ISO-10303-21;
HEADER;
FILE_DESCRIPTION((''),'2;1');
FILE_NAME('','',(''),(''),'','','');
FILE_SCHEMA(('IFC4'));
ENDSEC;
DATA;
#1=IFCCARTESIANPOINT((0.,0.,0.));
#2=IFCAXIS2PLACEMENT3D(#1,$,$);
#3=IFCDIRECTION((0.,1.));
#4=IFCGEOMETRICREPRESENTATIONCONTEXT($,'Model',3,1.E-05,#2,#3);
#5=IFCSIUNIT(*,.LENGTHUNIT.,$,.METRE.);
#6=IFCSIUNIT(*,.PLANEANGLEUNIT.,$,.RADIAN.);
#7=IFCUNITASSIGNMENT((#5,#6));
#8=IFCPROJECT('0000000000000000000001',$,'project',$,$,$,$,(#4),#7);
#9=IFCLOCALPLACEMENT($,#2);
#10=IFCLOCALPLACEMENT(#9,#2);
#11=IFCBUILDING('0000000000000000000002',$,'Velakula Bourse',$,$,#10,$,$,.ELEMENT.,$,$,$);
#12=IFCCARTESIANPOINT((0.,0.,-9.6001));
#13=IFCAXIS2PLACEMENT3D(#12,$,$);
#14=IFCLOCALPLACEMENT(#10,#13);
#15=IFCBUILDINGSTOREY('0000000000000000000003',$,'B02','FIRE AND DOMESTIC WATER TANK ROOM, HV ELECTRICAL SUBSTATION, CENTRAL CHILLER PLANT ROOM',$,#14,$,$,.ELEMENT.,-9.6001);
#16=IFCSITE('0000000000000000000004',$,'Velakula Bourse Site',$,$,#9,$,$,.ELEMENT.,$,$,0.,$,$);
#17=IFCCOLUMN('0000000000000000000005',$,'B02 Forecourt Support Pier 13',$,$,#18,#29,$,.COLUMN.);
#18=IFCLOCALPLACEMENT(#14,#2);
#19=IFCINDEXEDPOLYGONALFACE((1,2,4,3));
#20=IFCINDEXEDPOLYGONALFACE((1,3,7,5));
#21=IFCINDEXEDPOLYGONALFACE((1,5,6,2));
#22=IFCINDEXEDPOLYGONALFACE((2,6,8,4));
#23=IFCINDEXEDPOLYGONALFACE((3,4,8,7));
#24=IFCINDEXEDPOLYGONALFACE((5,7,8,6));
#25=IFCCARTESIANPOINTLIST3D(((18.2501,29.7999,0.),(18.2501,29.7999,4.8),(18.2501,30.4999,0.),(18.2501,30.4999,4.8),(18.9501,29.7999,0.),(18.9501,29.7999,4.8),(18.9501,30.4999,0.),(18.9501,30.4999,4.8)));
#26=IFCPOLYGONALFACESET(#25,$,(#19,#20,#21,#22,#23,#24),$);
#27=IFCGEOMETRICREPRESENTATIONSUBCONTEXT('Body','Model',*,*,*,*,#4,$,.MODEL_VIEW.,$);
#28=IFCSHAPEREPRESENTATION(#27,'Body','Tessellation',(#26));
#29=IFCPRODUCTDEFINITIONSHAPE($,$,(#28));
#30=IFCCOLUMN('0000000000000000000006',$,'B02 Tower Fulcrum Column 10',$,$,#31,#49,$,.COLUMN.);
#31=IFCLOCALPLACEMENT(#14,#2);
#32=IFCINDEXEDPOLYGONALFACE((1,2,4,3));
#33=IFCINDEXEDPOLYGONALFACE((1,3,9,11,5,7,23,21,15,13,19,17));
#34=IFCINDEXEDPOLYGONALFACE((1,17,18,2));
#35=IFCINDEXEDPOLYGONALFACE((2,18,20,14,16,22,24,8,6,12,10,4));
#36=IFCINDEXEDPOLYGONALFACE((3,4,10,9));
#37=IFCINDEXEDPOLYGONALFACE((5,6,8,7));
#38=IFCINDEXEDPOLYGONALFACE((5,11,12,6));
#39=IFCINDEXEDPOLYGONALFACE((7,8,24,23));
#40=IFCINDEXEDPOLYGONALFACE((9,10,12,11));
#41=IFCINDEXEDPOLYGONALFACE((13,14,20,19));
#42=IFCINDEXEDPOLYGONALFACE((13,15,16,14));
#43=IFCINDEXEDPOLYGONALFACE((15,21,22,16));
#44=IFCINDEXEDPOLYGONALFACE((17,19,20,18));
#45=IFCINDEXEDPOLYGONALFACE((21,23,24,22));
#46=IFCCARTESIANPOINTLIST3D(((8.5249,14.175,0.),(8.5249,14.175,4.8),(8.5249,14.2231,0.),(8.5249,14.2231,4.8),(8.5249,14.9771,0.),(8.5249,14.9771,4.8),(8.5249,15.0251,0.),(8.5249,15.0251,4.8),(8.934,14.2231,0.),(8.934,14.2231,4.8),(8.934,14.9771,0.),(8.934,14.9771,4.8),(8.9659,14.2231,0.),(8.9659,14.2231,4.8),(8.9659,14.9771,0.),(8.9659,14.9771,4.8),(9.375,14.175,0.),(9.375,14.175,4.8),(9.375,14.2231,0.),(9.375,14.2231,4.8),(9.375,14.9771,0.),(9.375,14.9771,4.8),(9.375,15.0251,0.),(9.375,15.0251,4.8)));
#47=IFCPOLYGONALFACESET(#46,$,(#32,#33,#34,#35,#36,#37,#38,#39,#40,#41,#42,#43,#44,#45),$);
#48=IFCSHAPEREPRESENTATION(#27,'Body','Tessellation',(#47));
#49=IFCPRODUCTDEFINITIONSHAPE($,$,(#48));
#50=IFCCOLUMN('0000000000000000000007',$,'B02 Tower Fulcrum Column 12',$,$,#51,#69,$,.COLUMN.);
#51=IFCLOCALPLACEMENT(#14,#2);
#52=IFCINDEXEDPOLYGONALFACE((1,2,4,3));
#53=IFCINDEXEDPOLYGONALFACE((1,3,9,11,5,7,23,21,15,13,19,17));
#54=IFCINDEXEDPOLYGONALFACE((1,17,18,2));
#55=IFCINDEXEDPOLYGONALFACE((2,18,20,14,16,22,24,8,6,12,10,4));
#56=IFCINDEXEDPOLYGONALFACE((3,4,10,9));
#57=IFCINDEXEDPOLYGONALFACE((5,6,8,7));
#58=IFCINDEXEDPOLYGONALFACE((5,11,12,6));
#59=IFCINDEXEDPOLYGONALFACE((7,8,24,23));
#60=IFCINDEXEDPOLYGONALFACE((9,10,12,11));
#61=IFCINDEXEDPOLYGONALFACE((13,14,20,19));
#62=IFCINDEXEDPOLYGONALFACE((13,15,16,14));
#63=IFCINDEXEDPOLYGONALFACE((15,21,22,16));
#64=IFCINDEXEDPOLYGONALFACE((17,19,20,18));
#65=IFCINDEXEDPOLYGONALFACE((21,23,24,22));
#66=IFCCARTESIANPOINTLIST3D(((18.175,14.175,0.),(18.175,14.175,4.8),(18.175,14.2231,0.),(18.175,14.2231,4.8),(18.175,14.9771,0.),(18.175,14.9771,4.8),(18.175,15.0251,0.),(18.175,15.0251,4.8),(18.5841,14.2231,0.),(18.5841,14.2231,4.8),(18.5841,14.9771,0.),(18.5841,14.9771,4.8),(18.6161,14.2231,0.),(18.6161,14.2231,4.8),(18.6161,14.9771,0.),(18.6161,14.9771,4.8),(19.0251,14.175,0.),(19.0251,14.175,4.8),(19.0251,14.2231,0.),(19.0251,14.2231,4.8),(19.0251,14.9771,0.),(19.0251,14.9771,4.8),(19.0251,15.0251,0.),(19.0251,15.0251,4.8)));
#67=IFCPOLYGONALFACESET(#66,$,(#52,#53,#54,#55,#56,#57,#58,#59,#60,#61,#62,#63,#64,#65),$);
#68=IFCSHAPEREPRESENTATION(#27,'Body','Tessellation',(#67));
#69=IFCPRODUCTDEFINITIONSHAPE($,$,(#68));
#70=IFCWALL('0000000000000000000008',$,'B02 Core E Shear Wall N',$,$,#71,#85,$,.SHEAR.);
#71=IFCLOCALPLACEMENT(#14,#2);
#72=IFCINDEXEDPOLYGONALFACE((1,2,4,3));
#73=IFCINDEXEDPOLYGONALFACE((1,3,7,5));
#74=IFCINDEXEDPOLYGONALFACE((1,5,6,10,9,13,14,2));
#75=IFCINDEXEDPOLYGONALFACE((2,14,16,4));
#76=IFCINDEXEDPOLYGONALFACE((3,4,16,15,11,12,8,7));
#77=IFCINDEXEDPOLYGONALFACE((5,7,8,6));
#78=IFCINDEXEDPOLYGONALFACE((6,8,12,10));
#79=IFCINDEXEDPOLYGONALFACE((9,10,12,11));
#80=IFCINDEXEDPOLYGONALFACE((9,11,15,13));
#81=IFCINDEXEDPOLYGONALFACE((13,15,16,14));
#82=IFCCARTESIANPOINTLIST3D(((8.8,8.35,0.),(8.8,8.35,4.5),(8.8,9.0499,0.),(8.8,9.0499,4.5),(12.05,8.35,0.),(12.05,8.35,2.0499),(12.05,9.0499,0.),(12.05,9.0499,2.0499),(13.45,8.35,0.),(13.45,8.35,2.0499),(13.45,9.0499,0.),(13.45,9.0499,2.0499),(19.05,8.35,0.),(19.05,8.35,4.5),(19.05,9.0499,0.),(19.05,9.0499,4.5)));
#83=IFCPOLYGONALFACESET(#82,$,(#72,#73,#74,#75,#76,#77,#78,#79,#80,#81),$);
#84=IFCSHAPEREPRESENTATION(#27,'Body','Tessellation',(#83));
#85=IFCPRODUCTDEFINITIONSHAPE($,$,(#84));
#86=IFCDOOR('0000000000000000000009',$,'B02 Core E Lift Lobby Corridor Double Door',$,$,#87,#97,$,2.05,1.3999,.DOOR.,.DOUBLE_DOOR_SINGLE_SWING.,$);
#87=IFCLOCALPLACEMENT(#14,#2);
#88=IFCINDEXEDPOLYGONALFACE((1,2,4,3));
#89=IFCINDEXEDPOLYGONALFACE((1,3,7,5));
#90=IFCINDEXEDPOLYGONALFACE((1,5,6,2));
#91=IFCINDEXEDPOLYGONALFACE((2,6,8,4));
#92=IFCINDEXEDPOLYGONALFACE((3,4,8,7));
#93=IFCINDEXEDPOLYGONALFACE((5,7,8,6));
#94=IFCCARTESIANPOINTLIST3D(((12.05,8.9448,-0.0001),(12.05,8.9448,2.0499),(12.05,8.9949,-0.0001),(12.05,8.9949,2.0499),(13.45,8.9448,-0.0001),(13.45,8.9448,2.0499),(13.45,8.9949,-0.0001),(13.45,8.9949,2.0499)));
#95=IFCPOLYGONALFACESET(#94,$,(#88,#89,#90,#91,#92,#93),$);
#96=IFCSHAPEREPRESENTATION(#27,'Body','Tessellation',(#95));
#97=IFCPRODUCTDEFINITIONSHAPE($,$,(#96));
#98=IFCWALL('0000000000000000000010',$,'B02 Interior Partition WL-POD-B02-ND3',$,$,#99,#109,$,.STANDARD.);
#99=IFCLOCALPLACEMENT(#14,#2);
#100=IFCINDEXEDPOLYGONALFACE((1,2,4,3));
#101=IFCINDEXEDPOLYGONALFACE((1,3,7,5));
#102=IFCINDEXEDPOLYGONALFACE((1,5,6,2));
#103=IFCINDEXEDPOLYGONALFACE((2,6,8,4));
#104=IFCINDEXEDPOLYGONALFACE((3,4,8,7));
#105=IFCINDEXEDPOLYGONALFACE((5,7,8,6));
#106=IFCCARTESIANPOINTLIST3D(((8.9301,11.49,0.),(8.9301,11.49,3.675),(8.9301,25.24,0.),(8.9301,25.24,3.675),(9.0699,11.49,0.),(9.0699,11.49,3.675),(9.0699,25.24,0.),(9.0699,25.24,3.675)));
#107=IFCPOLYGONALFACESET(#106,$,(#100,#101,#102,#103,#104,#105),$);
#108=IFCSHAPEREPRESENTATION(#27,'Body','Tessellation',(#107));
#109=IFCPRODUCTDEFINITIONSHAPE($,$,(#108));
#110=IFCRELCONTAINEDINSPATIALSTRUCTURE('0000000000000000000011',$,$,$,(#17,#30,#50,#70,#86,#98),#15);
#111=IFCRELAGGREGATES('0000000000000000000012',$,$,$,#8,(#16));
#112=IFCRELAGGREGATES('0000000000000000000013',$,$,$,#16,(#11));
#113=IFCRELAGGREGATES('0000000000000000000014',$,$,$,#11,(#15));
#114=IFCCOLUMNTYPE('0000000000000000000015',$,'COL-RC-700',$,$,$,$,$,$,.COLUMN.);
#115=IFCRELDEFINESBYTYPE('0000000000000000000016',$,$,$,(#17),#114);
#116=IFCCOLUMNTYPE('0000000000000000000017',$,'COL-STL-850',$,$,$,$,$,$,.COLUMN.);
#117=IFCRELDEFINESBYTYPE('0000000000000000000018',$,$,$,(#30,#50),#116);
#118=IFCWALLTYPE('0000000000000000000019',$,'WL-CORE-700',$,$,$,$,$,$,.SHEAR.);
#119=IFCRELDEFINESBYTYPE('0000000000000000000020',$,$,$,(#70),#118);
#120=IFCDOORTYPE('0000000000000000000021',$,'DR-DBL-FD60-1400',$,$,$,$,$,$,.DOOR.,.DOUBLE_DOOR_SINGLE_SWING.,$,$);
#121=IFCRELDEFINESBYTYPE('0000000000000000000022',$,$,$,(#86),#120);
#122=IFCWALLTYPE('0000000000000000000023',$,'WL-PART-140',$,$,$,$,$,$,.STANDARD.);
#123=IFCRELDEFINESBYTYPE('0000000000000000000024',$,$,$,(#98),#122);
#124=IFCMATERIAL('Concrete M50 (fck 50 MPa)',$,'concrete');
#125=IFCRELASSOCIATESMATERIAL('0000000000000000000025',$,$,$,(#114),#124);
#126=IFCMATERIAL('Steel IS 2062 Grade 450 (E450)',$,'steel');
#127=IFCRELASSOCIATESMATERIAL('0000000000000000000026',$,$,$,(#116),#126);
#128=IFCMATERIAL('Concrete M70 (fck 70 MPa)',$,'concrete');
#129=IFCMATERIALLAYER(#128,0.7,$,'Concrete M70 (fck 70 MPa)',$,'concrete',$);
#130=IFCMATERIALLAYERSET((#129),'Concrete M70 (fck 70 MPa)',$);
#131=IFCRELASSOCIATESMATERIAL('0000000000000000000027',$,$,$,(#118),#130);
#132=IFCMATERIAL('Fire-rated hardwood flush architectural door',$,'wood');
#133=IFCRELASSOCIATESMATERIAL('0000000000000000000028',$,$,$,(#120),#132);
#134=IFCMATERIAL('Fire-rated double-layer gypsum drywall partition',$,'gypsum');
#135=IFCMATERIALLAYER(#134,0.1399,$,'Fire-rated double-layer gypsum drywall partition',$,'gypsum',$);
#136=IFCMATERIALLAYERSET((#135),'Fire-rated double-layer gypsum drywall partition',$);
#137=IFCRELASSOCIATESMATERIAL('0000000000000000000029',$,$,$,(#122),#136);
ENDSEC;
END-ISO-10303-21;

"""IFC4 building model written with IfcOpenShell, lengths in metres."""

from ifc_helpers import new_model, si_unit, direction, frame, frame_2d, origin, origin_2d, place, context, subcontext, project, spatial, rectangle, i_section, extrude, material, layer, layer_set, material_profile, profile_set, type_object, element, fill, save


model = new_model("IFC4")

# Units and contexts
model_context = context("Model", 3, precision=1e-05, world=origin(), true_north=direction((0.0, 1.0)))
body_context = subcontext(model_context, "Body", "Model", "MODEL_VIEW")
ifc_project = project(units=[si_unit("LENGTHUNIT", "METRE"), si_unit("PLANEANGLEUNIT", "RADIAN")], contexts=[model_context])

# Site, building, storey
site_placement = place(None, origin())
site = spatial("IfcSite", under=ifc_project, at=site_placement, Name="Velakula Bourse Site", CompositionType="ELEMENT", RefElevation=0.0)
building_placement = place(site_placement, origin())
building = spatial("IfcBuilding", under=site, at=building_placement, Name="Velakula Bourse", CompositionType="ELEMENT")
storey_placement = place(building_placement, frame((0.0, 0.0, -9.6001)))
storey = spatial("IfcBuildingStorey", under=building, at=storey_placement, Name="B02", Description="FIRE AND DOMESTIC WATER TANK ROOM, HV ELECTRICAL SUBSTATION, CENTRAL CHILLER PLANT ROOM", CompositionType="ELEMENT", Elevation=-9.6001)

# Shared definitions
ifc_material_1 = material(Name="Concrete M70 (fck 70 MPa)", Category="concrete")
ifc_material_2 = material(Name="Concrete M50 (fck 50 MPa)", Category="concrete")

# Columns
ifc_material_profile_1 = material_profile(ifc_material_2, rectangle(XDim=0.7, YDim=0.7, at=origin_2d()), Name="Concrete M50 (fck 50 MPa)")
ifc_profile_set_1 = profile_set([ifc_material_profile_1], Name="Concrete M50 (fck 50 MPa)")
column_type_1 = type_object("IfcColumnType", Name="COL-RC-700", PredefinedType="COLUMN", material=ifc_profile_set_1)
for number, where, z_axis, x_axis, name in (
    (1, (18.6001, 30.1499, 0.0), (0.0, 0.0, 1.0), (1.0, 0.0, 0.0), "B02 Forecourt Support Pier 13"),
):
    element("IfcColumn", number, at=place(storey_placement, frame(where, z_axis=z_axis, x_axis=x_axis)), inside=storey, type_object=column_type_1, Name=name, PredefinedType="COLUMN", context=body_context, shape_type="SweptSolid", body=[
        extrude(rectangle(XDim=0.7, YDim=0.7, at=origin_2d()), origin(), (0.0, 0.0, 1.0), 4.8),
    ])
ifc_material_3 = material(Name="Steel IS 2062 Grade 450 (E450)", Category="steel")
ifc_material_profile_2 = material_profile(ifc_material_3, i_section(OverallWidth=0.8501, OverallDepth=0.8501, WebThickness=0.032, FlangeThickness=0.0481, at=origin_2d()), Name="Steel IS 2062 Grade 450 (E450)")
ifc_profile_set_2 = profile_set([ifc_material_profile_2], Name="Steel IS 2062 Grade 450 (E450)")
column_type_2 = type_object("IfcColumnType", Name="COL-STL-850", PredefinedType="COLUMN", material=ifc_profile_set_2)
for number, where, z_axis, x_axis, name in (
    (2, (8.95, 14.6001, 0.0), (0.0, 0.0, 1.0), (1.0, 0.0, 0.0), "B02 Tower Fulcrum Column 10"),
    (3, (18.6001, 14.6001, 0.0), (0.0, 0.0, 1.0), (1.0, 0.0, 0.0), "B02 Tower Fulcrum Column 12"),
):
    element("IfcColumn", number, at=place(storey_placement, frame(where, z_axis=z_axis, x_axis=x_axis)), inside=storey, type_object=column_type_2, Name=name, PredefinedType="COLUMN", context=body_context, shape_type="SweptSolid", body=[
        extrude(i_section(OverallWidth=0.8501, OverallDepth=0.8501, WebThickness=0.032, FlangeThickness=0.0481, at=origin_2d()), origin(), (0.0, 0.0, 1.0), 4.8),
    ])

# Wall, opening, door
ifc_layer_1 = layer(ifc_material_1, 0.7, Name="Concrete M70 (fck 70 MPa)", Category="concrete")
ifc_layer_set_1 = layer_set([ifc_layer_1], Name="Concrete M70 (fck 70 MPa)")
wall_type_1 = type_object("IfcWallType", Name="WL-CORE-700", PredefinedType="SHEAR", material=ifc_layer_set_1)
wall_1_placement = place(storey_placement, frame((8.8, 8.7, 0.0), z_axis=(0.0, 0.0, 1.0), x_axis=(1.0, 0.0, 0.0)))
wall_1 = element("IfcWall", 4, at=wall_1_placement, inside=storey, type_object=wall_type_1, Name="B02 Core E Shear Wall N", PredefinedType="SHEAR", context=body_context, shape_type="SweptSolid", body=[
    extrude(rectangle(XDim=10.25, YDim=0.7, at=frame_2d((5.125, 0.0))), origin(), (0.0, 0.0, 1.0), 4.5),
])
opening_placement = place(wall_1_placement, frame((3.25, 0.0, 0.0)))
opening = element("IfcOpeningElement", 5, at=opening_placement, cuts=wall_1, PredefinedType="OPENING", context=body_context, shape_type="SweptSolid", body=[
    extrude(rectangle(XDim=1.3999, YDim=2.05, at=frame_2d((0.7, 1.0249))), frame((0.0, 0.3599, 0.0), z_axis=(0.0, -1.0, 0.0), x_axis=(1.0, 0.0, 0.0)), (0.0, 0.0, 1.0), 0.72),
])
ifc_material_4 = material(Name="Fire-rated hardwood flush architectural door", Category="wood")
door_type = type_object("IfcDoorType", Name="DR-DBL-FD60-1400", OperationType="DOUBLE_DOOR_SINGLE_SWING", PredefinedType="DOOR", material=ifc_material_4)
door_placement = place(opening_placement, origin())
door = element("IfcDoor", 6, at=door_placement, inside=storey, type_object=door_type, Name="B02 Core E Lift Lobby Corridor Double Door", OperationType="DOUBLE_DOOR_SINGLE_SWING", OverallHeight=2.05, OverallWidth=1.3999, PredefinedType="DOOR", context=body_context, shape_type="SweptSolid", body=[
    extrude(rectangle(XDim=1.3999, YDim=2.05, at=frame_2d((0.7, 1.0249))), frame((0.0, 0.2949, 0.0), z_axis=(0.0, -1.0, 0.0), x_axis=(1.0, 0.0, 0.0)), (0.0, 0.0, 1.0), 0.05),
])
fill(opening, door)

# Wall
ifc_material_5 = material(Name="Fire-rated double-layer gypsum drywall partition", Category="gypsum")
ifc_layer_2 = layer(ifc_material_5, 0.1399, Name="Fire-rated double-layer gypsum drywall partition", Category="gypsum")
ifc_layer_set_2 = layer_set([ifc_layer_2], Name="Fire-rated double-layer gypsum drywall partition")
wall_type_2 = type_object("IfcWallType", Name="WL-PART-140", PredefinedType="STANDARD", material=ifc_layer_set_2)
wall_2_placement = place(storey_placement, frame((9.0, 11.49, 0.0), z_axis=(0.0, 0.0, 1.0), x_axis=(0.0, 1.0, 0.0)))
element("IfcWall", 7, at=wall_2_placement, inside=storey, type_object=wall_type_2, Name="B02 Interior Partition WL-POD-B02-ND3", PredefinedType="STANDARD", context=body_context, shape_type="SweptSolid", body=[
    extrude(rectangle(XDim=13.75, YDim=0.1399, at=frame_2d((6.875, 0.0))), origin(), (0.0, 0.0, 1.0), 3.675),
])

save(model, "model.ifc")
